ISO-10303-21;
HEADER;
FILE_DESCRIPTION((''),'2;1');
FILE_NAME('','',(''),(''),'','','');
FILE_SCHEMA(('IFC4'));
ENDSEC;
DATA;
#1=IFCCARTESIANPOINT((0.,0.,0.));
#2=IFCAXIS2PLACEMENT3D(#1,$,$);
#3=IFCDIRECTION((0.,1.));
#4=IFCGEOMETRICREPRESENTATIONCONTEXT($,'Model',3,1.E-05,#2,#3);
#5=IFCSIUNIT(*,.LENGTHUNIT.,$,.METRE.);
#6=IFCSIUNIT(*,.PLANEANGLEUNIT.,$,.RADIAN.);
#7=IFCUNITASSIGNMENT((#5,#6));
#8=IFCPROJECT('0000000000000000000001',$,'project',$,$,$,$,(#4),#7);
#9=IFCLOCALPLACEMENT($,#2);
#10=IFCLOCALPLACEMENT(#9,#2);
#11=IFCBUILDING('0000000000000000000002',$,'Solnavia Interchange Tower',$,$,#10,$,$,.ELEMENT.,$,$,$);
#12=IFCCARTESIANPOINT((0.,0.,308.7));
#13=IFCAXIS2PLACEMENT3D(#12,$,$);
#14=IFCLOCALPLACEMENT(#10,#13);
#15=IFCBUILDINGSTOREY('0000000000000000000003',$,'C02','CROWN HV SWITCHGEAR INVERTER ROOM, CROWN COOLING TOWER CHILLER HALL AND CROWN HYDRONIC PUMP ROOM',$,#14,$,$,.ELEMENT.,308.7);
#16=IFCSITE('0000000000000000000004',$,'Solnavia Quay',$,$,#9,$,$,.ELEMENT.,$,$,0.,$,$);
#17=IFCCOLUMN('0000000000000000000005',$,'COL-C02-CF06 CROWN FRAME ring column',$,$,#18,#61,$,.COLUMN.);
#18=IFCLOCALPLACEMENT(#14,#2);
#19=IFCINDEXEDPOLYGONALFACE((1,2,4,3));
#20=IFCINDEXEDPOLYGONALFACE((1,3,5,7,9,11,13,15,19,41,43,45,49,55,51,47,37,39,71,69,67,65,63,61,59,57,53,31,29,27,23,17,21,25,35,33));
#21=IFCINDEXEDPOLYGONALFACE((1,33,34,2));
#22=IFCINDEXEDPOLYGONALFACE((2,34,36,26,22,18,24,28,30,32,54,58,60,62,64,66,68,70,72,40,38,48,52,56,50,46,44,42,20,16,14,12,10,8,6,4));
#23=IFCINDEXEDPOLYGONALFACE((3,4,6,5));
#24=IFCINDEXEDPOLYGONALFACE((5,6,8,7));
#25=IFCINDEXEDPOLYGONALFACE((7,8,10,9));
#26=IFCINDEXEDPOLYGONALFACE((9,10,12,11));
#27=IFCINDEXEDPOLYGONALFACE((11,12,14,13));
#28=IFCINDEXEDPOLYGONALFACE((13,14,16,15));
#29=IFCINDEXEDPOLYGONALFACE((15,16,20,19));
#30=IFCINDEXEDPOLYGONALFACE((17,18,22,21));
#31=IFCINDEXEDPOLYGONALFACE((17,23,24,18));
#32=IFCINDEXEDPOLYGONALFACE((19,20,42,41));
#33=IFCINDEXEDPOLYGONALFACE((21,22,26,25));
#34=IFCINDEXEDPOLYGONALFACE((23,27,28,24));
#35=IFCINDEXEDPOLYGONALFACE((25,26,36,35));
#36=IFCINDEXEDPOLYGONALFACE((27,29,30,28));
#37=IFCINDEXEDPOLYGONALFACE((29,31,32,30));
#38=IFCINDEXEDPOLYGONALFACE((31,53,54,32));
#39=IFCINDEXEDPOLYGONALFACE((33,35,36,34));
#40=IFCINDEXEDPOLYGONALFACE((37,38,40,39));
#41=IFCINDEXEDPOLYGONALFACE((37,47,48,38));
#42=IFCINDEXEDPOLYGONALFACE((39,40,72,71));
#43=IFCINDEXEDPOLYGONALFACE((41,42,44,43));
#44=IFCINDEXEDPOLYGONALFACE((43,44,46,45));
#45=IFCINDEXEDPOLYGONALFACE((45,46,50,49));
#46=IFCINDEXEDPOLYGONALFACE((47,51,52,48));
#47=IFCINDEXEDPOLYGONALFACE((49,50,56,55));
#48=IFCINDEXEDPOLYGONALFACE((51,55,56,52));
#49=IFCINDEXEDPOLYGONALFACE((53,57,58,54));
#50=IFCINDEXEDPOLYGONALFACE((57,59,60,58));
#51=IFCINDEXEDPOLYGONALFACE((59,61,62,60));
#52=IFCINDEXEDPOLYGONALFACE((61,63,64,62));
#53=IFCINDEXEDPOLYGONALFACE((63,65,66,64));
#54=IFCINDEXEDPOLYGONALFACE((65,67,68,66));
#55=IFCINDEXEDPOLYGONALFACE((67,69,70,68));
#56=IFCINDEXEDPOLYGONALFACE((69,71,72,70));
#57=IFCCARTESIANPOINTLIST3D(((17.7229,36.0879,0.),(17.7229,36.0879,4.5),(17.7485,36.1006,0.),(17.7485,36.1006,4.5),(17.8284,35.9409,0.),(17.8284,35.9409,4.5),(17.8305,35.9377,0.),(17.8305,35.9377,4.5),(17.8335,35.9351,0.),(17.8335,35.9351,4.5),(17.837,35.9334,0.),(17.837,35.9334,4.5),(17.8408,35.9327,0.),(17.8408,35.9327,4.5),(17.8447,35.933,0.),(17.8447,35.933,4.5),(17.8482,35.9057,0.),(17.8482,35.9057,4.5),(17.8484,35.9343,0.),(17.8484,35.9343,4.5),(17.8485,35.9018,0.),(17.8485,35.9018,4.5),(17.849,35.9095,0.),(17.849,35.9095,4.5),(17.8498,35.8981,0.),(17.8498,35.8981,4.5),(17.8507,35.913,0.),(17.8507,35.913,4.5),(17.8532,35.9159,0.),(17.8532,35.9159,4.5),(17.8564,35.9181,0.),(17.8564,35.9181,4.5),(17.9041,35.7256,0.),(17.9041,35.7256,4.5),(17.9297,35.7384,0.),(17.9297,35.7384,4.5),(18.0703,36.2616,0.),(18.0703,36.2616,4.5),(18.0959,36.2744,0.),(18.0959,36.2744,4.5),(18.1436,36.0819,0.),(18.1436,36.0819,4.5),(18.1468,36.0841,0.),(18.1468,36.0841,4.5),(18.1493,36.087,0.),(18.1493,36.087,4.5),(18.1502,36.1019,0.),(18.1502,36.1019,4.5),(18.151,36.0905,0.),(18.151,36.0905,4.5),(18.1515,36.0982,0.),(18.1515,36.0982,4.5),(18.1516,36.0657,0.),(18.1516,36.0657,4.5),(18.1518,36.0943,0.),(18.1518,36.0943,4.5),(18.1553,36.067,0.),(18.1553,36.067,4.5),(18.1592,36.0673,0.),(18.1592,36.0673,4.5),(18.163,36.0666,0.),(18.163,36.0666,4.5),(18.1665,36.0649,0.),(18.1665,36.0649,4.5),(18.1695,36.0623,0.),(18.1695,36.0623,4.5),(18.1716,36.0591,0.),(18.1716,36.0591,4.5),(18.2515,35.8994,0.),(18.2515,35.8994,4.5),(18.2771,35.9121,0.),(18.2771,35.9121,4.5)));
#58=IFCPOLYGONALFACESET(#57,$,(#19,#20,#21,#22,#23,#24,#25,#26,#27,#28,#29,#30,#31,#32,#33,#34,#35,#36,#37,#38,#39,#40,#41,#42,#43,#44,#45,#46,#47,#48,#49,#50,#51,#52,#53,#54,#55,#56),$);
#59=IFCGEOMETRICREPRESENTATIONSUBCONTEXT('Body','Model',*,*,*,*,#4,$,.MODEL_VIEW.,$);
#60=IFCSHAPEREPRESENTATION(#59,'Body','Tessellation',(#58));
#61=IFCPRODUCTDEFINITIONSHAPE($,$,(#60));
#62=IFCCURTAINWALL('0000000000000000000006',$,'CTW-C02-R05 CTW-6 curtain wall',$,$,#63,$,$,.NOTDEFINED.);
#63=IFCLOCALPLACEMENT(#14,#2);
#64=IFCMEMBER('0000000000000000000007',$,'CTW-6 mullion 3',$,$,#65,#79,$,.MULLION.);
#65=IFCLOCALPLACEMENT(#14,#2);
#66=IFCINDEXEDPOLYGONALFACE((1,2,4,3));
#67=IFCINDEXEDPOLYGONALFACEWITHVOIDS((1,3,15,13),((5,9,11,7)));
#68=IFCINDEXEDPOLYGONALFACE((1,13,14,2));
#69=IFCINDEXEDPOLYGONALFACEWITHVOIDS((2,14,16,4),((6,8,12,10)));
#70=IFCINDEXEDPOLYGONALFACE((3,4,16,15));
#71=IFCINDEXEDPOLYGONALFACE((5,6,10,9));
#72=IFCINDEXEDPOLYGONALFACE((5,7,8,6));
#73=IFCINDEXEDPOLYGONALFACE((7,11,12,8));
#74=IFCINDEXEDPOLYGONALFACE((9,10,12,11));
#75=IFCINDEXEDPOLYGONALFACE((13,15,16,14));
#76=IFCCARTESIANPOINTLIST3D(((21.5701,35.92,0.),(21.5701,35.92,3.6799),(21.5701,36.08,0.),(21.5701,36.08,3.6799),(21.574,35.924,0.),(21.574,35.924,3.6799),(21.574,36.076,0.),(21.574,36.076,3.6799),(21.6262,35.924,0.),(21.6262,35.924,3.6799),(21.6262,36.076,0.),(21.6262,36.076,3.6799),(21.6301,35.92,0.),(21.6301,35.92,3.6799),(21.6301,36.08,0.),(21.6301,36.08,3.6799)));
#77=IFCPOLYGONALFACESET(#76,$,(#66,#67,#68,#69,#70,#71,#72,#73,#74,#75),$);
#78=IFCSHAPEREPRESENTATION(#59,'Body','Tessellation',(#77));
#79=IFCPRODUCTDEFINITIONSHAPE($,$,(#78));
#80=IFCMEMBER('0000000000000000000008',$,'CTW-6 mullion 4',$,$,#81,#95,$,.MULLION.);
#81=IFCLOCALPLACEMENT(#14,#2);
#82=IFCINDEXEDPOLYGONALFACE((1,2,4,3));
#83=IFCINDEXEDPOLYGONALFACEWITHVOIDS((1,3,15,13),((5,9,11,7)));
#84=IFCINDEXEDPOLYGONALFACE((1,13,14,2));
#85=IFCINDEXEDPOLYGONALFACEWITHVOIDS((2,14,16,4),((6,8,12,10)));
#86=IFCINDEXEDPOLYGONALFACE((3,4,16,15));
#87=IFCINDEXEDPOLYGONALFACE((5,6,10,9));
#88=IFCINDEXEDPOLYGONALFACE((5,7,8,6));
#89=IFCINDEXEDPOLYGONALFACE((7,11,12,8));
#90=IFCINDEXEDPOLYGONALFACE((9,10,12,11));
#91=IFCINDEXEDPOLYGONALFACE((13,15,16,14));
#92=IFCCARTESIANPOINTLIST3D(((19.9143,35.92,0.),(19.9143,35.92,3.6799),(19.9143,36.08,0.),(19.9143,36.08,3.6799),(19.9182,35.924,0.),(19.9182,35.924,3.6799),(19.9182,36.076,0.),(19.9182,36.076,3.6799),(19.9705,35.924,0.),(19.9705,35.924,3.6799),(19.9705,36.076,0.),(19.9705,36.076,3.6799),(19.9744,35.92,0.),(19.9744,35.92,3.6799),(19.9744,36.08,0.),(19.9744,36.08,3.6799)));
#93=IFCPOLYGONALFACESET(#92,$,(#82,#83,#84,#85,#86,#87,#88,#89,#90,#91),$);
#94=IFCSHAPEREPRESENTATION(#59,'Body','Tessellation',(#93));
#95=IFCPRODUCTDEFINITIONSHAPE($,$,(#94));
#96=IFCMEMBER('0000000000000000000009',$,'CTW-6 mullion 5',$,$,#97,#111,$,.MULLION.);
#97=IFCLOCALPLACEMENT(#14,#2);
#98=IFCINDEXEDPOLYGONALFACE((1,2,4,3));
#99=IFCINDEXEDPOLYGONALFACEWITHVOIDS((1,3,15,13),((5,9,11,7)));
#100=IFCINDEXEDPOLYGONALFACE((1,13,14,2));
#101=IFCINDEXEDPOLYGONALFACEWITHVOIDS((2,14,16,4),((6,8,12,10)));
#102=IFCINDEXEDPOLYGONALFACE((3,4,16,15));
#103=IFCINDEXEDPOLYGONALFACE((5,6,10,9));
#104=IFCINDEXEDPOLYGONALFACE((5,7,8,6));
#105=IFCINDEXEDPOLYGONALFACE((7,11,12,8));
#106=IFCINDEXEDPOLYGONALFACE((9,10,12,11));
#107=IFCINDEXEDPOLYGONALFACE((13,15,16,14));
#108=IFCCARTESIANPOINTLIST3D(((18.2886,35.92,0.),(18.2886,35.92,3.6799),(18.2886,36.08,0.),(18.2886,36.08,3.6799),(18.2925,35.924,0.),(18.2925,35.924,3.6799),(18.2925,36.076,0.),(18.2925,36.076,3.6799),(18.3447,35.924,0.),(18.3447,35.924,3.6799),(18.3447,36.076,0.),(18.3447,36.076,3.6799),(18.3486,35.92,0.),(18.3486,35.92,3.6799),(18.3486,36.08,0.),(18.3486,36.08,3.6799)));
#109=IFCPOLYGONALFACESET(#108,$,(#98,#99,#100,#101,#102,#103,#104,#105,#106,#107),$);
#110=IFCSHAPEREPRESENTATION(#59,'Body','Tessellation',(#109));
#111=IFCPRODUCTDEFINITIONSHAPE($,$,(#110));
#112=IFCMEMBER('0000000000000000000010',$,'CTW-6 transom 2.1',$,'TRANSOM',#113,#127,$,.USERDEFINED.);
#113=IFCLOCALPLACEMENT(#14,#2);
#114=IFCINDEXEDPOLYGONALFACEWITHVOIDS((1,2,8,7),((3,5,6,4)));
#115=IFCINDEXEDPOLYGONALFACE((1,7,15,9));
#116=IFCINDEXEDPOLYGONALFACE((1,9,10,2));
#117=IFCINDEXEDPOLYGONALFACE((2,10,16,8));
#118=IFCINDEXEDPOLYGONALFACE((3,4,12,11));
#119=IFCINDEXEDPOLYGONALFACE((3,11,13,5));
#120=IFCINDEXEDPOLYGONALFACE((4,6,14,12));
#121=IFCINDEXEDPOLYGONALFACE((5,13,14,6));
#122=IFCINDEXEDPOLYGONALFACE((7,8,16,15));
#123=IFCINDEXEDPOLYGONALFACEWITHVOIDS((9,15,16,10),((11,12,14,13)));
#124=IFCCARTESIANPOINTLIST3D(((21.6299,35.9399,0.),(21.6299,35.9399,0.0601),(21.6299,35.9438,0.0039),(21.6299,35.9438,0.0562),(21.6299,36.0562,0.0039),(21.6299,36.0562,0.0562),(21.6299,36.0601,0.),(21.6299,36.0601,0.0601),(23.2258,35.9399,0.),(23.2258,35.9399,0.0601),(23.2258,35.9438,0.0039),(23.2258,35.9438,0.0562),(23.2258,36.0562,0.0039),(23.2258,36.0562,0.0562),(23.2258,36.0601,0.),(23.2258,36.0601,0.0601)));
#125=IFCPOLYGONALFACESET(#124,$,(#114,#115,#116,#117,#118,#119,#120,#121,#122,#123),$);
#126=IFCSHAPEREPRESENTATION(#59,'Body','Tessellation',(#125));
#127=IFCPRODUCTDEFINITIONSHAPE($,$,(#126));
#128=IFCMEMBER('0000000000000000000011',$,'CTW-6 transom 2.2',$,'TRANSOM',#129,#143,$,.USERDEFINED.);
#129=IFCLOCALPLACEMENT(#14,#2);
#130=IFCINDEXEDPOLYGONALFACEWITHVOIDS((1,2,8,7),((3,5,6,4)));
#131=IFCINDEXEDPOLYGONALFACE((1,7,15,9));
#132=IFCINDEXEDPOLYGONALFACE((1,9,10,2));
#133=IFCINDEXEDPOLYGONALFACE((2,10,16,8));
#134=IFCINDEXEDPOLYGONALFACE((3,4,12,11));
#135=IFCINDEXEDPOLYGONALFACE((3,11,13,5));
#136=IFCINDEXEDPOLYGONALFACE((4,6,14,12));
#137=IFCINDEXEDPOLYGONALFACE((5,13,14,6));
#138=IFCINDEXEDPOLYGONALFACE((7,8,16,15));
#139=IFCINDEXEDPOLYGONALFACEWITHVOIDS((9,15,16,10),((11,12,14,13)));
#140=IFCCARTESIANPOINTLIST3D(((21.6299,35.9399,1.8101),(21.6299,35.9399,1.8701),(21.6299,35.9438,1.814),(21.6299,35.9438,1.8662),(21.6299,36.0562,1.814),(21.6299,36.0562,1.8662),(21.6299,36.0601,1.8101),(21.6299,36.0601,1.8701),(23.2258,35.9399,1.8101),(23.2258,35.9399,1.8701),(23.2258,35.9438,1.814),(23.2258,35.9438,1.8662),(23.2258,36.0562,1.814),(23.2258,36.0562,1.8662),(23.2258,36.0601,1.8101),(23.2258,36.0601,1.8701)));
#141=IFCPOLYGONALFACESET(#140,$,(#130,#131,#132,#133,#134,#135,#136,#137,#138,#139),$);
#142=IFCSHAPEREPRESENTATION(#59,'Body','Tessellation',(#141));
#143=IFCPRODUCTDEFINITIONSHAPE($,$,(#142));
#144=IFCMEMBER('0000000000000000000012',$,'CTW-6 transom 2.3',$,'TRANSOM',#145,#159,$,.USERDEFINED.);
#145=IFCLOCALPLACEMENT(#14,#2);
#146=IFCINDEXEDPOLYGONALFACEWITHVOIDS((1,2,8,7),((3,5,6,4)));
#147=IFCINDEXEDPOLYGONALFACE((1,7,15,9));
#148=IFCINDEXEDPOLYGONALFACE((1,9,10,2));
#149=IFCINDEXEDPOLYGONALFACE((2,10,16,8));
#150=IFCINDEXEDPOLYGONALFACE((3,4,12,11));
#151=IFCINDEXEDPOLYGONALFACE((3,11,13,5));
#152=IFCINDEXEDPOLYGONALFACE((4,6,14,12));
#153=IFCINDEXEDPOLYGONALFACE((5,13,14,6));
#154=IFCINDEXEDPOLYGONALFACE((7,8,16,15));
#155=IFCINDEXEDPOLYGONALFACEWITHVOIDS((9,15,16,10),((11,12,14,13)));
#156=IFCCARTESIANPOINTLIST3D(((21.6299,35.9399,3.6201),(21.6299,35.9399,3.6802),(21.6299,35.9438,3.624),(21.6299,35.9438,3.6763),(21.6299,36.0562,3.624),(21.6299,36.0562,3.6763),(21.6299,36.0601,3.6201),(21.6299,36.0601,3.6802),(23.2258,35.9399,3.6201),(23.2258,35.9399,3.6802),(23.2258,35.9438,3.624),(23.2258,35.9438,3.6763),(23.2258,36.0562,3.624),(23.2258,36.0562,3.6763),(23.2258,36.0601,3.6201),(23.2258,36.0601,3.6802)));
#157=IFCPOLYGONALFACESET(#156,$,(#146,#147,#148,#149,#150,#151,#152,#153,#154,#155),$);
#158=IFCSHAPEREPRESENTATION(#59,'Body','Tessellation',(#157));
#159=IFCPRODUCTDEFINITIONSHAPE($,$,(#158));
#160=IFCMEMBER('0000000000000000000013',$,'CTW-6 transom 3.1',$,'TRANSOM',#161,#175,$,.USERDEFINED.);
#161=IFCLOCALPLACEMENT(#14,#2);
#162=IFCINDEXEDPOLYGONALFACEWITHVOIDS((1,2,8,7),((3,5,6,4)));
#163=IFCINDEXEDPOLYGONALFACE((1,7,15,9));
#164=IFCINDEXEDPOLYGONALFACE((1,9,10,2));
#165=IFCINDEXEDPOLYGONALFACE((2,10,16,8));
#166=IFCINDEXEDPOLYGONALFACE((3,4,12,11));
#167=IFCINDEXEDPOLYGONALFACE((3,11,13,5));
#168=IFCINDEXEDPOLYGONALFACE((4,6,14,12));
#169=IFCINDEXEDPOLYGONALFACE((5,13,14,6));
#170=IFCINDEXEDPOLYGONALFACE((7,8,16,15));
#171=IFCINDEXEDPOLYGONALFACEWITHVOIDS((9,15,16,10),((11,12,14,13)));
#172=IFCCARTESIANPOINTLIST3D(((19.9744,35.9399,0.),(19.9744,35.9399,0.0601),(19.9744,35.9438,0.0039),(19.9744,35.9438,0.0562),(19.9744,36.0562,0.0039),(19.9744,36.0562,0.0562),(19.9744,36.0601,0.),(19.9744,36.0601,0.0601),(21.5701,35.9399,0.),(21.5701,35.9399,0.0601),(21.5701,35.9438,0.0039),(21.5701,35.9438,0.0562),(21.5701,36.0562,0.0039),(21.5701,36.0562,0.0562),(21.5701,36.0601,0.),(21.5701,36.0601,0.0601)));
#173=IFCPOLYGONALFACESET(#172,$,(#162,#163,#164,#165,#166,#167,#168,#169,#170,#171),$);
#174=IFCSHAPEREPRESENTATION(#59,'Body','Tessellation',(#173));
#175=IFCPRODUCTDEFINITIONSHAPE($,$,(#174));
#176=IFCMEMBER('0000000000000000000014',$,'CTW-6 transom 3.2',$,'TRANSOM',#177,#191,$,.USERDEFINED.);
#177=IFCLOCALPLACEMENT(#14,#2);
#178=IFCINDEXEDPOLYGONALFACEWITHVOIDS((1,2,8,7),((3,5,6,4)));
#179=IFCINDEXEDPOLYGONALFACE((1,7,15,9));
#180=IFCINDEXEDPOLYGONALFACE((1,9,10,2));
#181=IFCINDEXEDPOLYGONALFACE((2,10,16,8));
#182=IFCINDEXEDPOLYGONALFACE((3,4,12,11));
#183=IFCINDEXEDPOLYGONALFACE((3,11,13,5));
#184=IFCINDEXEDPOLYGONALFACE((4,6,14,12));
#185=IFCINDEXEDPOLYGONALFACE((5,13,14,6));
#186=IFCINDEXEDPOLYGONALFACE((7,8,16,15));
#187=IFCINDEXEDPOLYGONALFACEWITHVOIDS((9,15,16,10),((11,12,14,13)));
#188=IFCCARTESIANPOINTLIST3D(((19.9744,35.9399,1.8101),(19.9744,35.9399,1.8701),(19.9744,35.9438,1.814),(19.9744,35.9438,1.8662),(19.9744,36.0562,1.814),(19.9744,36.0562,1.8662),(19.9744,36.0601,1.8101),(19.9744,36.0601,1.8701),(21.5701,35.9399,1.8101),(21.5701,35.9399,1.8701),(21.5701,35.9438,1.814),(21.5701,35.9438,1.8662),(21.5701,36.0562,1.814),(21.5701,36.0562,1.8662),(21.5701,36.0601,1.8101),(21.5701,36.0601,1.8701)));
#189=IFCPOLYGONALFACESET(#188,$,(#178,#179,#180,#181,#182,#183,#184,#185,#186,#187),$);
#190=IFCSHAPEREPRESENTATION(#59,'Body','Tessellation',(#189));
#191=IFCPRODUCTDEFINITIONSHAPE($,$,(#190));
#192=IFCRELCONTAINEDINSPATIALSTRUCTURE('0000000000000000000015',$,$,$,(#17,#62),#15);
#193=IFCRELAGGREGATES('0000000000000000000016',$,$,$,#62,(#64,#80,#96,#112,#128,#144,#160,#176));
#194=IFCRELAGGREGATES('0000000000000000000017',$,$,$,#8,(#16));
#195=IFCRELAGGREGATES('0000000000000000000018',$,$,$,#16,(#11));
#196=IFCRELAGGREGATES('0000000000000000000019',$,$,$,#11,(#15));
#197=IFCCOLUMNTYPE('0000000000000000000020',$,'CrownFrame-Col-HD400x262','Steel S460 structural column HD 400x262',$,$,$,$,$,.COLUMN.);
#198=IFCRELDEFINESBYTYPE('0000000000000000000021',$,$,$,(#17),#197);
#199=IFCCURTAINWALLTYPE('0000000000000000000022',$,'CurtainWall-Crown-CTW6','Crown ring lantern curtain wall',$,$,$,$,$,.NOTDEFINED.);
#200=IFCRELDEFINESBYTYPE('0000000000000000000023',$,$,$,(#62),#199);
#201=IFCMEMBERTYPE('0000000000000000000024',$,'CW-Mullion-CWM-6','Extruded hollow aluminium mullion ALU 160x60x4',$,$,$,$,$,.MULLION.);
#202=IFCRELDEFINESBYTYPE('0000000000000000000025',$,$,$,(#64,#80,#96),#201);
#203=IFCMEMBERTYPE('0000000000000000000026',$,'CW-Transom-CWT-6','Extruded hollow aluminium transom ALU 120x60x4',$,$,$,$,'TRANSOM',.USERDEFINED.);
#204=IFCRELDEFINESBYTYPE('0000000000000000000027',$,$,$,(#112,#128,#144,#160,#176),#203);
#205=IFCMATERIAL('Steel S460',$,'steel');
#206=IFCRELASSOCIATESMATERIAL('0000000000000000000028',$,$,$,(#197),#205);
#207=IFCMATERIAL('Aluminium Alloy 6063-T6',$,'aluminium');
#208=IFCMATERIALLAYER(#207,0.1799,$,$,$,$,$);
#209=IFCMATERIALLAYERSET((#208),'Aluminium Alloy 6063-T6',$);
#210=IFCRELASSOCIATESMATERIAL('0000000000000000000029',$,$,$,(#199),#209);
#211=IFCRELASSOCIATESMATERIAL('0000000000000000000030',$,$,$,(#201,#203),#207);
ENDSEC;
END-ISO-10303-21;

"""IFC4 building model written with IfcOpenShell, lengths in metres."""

from ifc_helpers import new_model, si_unit, direction, frame, origin, origin_2d, place, context, subcontext, project, spatial, hollow_rectangle, i_section, extrude, material, layer, layer_set, material_profile, profile_set, type_object, element, aggregate, save


model = new_model("IFC4")

# Units and contexts
model_context = context("Model", 3, precision=1e-05, world=origin(), true_north=direction((0.0, 1.0)))
body_context = subcontext(model_context, "Body", "Model", "MODEL_VIEW")
ifc_project = project(units=[si_unit("LENGTHUNIT", "METRE"), si_unit("PLANEANGLEUNIT", "RADIAN")], contexts=[model_context])

# Site, building, storey
site_placement = place(None, origin())
site = spatial("IfcSite", under=ifc_project, at=site_placement, Name="Solnavia Quay", CompositionType="ELEMENT", RefElevation=0.0)
building_placement = place(site_placement, origin())
building = spatial("IfcBuilding", under=site, at=building_placement, Name="Solnavia Interchange Tower", CompositionType="ELEMENT")
storey_placement = place(building_placement, frame((0.0, 0.0, 308.7)))
storey = spatial("IfcBuildingStorey", under=building, at=storey_placement, Name="C02", Description="CROWN HV SWITCHGEAR INVERTER ROOM, CROWN COOLING TOWER CHILLER HALL AND CROWN HYDRONIC PUMP ROOM", CompositionType="ELEMENT", Elevation=308.7)

# Column
ifc_material_1 = material(Name="Steel S460", Category="steel")
ifc_material_profile_1 = material_profile(ifc_material_1, i_section(OverallWidth=0.405, OverallDepth=0.417, WebThickness=0.0181, FlangeThickness=0.0286, FilletRadius=0.0149, at=origin_2d()), Name="HD 400x262")
ifc_profile_set_1 = profile_set([ifc_material_profile_1], Name="Steel S460")
column_type = type_object("IfcColumnType", Name="CrownFrame-Col-HD400x262", Description="Steel S460 structural column HD 400x262", PredefinedType="COLUMN", material=ifc_profile_set_1)
column_placement = place(storey_placement, frame((18.0, 36.0, 0.0), z_axis=(0.0, 0.0, 1.0), x_axis=(-0.447291, 0.894389, 0.0)))
element("IfcColumn", 1, at=column_placement, inside=storey, type_object=column_type, Name="COL-C02-CF06 CROWN FRAME ring column", PredefinedType="COLUMN", context=body_context, shape_type="SweptSolid", body=[
    extrude(i_section(OverallWidth=0.405, OverallDepth=0.417, WebThickness=0.0181, FlangeThickness=0.0286, FilletRadius=0.0149, at=origin_2d()), origin(), (0.0, 0.0, 1.0), 4.5),
])

# Curtain wall, members
ifc_material_2 = material(Name="Aluminium Alloy 6063-T6", Category="aluminium")
ifc_layer_1 = layer(ifc_material_2, 0.1799)
ifc_layer_set_1 = layer_set([ifc_layer_1], Name="Aluminium Alloy 6063-T6")
curtain_wall_type = type_object("IfcCurtainWallType", Name="CurtainWall-Crown-CTW6", Description="Crown ring lantern curtain wall", PredefinedType="NOTDEFINED", material=ifc_layer_set_1)
curtain_wall_placement = place(storey_placement, origin())
curtain_wall = element("IfcCurtainWall", 2, at=curtain_wall_placement, inside=storey, type_object=curtain_wall_type, Name="CTW-C02-R05 CTW-6 curtain wall", PredefinedType="NOTDEFINED")
ifc_material_profile_2 = material_profile(ifc_material_2, hollow_rectangle(XDim=0.0601, YDim=0.1599, WallThickness=0.0039, at=origin_2d()), Name="ALU 160x60x4")
ifc_profile_set_2 = profile_set([ifc_material_profile_2], Name="Aluminium Alloy 6063-T6")
member_type_1 = type_object("IfcMemberType", Name="CW-Mullion-CWM-6", Description="Extruded hollow aluminium mullion ALU 160x60x4", PredefinedType="MULLION", material=ifc_profile_set_2)
member_1_placement = place(storey_placement, frame((21.6001, 36.0, 0.0), z_axis=(0.0, 0.0, 1.0), x_axis=(-1.0, 0.0, 0.0)))
member_1 = element("IfcMember", 3, at=member_1_placement, type_object=member_type_1, Name="CTW-6 mullion 3", PredefinedType="MULLION", context=body_context, shape_type="SweptSolid", body=[
    extrude(hollow_rectangle(XDim=0.0601, YDim=0.1599, WallThickness=0.0039, at=origin_2d()), origin(), (0.0, 0.0, 1.0), 3.6799),
])
member_2_placement = place(storey_placement, frame((19.9443, 36.0, 0.0), z_axis=(0.0, 0.0, 1.0), x_axis=(-1.0, 0.0, 0.0)))
member_2 = element("IfcMember", 4, at=member_2_placement, type_object=member_type_1, Name="CTW-6 mullion 4", PredefinedType="MULLION", context=body_context, shape_type="SweptSolid", body=[
    extrude(hollow_rectangle(XDim=0.0601, YDim=0.1599, WallThickness=0.0039, at=origin_2d()), origin(), (0.0, 0.0, 1.0), 3.6799),
])
member_3_placement = place(storey_placement, frame((18.3186, 36.0, 0.0), z_axis=(0.0, 0.0, 1.0), x_axis=(-1.0, 0.0, 0.0)))
member_3 = element("IfcMember", 5, at=member_3_placement, type_object=member_type_1, Name="CTW-6 mullion 5", PredefinedType="MULLION", context=body_context, shape_type="SweptSolid", body=[
    extrude(hollow_rectangle(XDim=0.0601, YDim=0.1599, WallThickness=0.0039, at=origin_2d()), origin(), (0.0, 0.0, 1.0), 3.6799),
])
ifc_material_profile_3 = material_profile(ifc_material_2, hollow_rectangle(XDim=0.0601, YDim=0.1201, WallThickness=0.0039, at=origin_2d()), Name="ALU 120x60x4")
ifc_profile_set_3 = profile_set([ifc_material_profile_3], Name="Aluminium Alloy 6063-T6")
member_type_2 = type_object("IfcMemberType", Name="CW-Transom-CWT-6", Description="Extruded hollow aluminium transom ALU 120x60x4", ElementType="TRANSOM", PredefinedType="USERDEFINED", material=ifc_profile_set_3)
member_4_placement = place(storey_placement, frame((23.2258, 36.0, 0.03), z_axis=(-1.0, 0.0, 0.0), x_axis=(0.0, 0.0, 1.0)))
member_4 = element("IfcMember", 6, at=member_4_placement, type_object=member_type_2, Name="CTW-6 transom 2.1", ObjectType="TRANSOM", PredefinedType="USERDEFINED", context=body_context, shape_type="SweptSolid", body=[
    extrude(hollow_rectangle(XDim=0.0601, YDim=0.1201, WallThickness=0.0039, at=origin_2d()), origin(), (0.0, 0.0, 1.0), 1.5959),
])
member_5_placement = place(storey_placement, frame((23.2258, 36.0, 1.8401), z_axis=(-1.0, 0.0, 0.0), x_axis=(0.0, 0.0, 1.0)))
member_5 = element("IfcMember", 7, at=member_5_placement, type_object=member_type_2, Name="CTW-6 transom 2.2", ObjectType="TRANSOM", PredefinedType="USERDEFINED", context=body_context, shape_type="SweptSolid", body=[
    extrude(hollow_rectangle(XDim=0.0601, YDim=0.1201, WallThickness=0.0039, at=origin_2d()), origin(), (0.0, 0.0, 1.0), 1.5959),
])
member_6_placement = place(storey_placement, frame((23.2258, 36.0, 3.6501), z_axis=(-1.0, 0.0, 0.0), x_axis=(0.0, 0.0, 1.0)))
member_6 = element("IfcMember", 8, at=member_6_placement, type_object=member_type_2, Name="CTW-6 transom 2.3", ObjectType="TRANSOM", PredefinedType="USERDEFINED", context=body_context, shape_type="SweptSolid", body=[
    extrude(hollow_rectangle(XDim=0.0601, YDim=0.1201, WallThickness=0.0039, at=origin_2d()), origin(), (0.0, 0.0, 1.0), 1.5959),
])
member_7_placement = place(storey_placement, frame((21.5701, 36.0, 0.03), z_axis=(-1.0, 0.0, 0.0), x_axis=(0.0, 0.0, 1.0)))
member_7 = element("IfcMember", 9, at=member_7_placement, type_object=member_type_2, Name="CTW-6 transom 3.1", ObjectType="TRANSOM", PredefinedType="USERDEFINED", context=body_context, shape_type="SweptSolid", body=[
    extrude(hollow_rectangle(XDim=0.0601, YDim=0.1201, WallThickness=0.0039, at=origin_2d()), origin(), (0.0, 0.0, 1.0), 1.5957),
])
member_8_placement = place(storey_placement, frame((21.5701, 36.0, 1.8401), z_axis=(-1.0, 0.0, 0.0), x_axis=(0.0, 0.0, 1.0)))
member_8 = element("IfcMember", 10, at=member_8_placement, type_object=member_type_2, Name="CTW-6 transom 3.2", ObjectType="TRANSOM", PredefinedType="USERDEFINED", context=body_context, shape_type="SweptSolid", body=[
    extrude(hollow_rectangle(XDim=0.0601, YDim=0.1201, WallThickness=0.0039, at=origin_2d()), origin(), (0.0, 0.0, 1.0), 1.5957),
])
aggregate(curtain_wall, [member_1, member_2, member_3, member_4, member_5, member_6, member_7, member_8])

save(model, "model.ifc")
